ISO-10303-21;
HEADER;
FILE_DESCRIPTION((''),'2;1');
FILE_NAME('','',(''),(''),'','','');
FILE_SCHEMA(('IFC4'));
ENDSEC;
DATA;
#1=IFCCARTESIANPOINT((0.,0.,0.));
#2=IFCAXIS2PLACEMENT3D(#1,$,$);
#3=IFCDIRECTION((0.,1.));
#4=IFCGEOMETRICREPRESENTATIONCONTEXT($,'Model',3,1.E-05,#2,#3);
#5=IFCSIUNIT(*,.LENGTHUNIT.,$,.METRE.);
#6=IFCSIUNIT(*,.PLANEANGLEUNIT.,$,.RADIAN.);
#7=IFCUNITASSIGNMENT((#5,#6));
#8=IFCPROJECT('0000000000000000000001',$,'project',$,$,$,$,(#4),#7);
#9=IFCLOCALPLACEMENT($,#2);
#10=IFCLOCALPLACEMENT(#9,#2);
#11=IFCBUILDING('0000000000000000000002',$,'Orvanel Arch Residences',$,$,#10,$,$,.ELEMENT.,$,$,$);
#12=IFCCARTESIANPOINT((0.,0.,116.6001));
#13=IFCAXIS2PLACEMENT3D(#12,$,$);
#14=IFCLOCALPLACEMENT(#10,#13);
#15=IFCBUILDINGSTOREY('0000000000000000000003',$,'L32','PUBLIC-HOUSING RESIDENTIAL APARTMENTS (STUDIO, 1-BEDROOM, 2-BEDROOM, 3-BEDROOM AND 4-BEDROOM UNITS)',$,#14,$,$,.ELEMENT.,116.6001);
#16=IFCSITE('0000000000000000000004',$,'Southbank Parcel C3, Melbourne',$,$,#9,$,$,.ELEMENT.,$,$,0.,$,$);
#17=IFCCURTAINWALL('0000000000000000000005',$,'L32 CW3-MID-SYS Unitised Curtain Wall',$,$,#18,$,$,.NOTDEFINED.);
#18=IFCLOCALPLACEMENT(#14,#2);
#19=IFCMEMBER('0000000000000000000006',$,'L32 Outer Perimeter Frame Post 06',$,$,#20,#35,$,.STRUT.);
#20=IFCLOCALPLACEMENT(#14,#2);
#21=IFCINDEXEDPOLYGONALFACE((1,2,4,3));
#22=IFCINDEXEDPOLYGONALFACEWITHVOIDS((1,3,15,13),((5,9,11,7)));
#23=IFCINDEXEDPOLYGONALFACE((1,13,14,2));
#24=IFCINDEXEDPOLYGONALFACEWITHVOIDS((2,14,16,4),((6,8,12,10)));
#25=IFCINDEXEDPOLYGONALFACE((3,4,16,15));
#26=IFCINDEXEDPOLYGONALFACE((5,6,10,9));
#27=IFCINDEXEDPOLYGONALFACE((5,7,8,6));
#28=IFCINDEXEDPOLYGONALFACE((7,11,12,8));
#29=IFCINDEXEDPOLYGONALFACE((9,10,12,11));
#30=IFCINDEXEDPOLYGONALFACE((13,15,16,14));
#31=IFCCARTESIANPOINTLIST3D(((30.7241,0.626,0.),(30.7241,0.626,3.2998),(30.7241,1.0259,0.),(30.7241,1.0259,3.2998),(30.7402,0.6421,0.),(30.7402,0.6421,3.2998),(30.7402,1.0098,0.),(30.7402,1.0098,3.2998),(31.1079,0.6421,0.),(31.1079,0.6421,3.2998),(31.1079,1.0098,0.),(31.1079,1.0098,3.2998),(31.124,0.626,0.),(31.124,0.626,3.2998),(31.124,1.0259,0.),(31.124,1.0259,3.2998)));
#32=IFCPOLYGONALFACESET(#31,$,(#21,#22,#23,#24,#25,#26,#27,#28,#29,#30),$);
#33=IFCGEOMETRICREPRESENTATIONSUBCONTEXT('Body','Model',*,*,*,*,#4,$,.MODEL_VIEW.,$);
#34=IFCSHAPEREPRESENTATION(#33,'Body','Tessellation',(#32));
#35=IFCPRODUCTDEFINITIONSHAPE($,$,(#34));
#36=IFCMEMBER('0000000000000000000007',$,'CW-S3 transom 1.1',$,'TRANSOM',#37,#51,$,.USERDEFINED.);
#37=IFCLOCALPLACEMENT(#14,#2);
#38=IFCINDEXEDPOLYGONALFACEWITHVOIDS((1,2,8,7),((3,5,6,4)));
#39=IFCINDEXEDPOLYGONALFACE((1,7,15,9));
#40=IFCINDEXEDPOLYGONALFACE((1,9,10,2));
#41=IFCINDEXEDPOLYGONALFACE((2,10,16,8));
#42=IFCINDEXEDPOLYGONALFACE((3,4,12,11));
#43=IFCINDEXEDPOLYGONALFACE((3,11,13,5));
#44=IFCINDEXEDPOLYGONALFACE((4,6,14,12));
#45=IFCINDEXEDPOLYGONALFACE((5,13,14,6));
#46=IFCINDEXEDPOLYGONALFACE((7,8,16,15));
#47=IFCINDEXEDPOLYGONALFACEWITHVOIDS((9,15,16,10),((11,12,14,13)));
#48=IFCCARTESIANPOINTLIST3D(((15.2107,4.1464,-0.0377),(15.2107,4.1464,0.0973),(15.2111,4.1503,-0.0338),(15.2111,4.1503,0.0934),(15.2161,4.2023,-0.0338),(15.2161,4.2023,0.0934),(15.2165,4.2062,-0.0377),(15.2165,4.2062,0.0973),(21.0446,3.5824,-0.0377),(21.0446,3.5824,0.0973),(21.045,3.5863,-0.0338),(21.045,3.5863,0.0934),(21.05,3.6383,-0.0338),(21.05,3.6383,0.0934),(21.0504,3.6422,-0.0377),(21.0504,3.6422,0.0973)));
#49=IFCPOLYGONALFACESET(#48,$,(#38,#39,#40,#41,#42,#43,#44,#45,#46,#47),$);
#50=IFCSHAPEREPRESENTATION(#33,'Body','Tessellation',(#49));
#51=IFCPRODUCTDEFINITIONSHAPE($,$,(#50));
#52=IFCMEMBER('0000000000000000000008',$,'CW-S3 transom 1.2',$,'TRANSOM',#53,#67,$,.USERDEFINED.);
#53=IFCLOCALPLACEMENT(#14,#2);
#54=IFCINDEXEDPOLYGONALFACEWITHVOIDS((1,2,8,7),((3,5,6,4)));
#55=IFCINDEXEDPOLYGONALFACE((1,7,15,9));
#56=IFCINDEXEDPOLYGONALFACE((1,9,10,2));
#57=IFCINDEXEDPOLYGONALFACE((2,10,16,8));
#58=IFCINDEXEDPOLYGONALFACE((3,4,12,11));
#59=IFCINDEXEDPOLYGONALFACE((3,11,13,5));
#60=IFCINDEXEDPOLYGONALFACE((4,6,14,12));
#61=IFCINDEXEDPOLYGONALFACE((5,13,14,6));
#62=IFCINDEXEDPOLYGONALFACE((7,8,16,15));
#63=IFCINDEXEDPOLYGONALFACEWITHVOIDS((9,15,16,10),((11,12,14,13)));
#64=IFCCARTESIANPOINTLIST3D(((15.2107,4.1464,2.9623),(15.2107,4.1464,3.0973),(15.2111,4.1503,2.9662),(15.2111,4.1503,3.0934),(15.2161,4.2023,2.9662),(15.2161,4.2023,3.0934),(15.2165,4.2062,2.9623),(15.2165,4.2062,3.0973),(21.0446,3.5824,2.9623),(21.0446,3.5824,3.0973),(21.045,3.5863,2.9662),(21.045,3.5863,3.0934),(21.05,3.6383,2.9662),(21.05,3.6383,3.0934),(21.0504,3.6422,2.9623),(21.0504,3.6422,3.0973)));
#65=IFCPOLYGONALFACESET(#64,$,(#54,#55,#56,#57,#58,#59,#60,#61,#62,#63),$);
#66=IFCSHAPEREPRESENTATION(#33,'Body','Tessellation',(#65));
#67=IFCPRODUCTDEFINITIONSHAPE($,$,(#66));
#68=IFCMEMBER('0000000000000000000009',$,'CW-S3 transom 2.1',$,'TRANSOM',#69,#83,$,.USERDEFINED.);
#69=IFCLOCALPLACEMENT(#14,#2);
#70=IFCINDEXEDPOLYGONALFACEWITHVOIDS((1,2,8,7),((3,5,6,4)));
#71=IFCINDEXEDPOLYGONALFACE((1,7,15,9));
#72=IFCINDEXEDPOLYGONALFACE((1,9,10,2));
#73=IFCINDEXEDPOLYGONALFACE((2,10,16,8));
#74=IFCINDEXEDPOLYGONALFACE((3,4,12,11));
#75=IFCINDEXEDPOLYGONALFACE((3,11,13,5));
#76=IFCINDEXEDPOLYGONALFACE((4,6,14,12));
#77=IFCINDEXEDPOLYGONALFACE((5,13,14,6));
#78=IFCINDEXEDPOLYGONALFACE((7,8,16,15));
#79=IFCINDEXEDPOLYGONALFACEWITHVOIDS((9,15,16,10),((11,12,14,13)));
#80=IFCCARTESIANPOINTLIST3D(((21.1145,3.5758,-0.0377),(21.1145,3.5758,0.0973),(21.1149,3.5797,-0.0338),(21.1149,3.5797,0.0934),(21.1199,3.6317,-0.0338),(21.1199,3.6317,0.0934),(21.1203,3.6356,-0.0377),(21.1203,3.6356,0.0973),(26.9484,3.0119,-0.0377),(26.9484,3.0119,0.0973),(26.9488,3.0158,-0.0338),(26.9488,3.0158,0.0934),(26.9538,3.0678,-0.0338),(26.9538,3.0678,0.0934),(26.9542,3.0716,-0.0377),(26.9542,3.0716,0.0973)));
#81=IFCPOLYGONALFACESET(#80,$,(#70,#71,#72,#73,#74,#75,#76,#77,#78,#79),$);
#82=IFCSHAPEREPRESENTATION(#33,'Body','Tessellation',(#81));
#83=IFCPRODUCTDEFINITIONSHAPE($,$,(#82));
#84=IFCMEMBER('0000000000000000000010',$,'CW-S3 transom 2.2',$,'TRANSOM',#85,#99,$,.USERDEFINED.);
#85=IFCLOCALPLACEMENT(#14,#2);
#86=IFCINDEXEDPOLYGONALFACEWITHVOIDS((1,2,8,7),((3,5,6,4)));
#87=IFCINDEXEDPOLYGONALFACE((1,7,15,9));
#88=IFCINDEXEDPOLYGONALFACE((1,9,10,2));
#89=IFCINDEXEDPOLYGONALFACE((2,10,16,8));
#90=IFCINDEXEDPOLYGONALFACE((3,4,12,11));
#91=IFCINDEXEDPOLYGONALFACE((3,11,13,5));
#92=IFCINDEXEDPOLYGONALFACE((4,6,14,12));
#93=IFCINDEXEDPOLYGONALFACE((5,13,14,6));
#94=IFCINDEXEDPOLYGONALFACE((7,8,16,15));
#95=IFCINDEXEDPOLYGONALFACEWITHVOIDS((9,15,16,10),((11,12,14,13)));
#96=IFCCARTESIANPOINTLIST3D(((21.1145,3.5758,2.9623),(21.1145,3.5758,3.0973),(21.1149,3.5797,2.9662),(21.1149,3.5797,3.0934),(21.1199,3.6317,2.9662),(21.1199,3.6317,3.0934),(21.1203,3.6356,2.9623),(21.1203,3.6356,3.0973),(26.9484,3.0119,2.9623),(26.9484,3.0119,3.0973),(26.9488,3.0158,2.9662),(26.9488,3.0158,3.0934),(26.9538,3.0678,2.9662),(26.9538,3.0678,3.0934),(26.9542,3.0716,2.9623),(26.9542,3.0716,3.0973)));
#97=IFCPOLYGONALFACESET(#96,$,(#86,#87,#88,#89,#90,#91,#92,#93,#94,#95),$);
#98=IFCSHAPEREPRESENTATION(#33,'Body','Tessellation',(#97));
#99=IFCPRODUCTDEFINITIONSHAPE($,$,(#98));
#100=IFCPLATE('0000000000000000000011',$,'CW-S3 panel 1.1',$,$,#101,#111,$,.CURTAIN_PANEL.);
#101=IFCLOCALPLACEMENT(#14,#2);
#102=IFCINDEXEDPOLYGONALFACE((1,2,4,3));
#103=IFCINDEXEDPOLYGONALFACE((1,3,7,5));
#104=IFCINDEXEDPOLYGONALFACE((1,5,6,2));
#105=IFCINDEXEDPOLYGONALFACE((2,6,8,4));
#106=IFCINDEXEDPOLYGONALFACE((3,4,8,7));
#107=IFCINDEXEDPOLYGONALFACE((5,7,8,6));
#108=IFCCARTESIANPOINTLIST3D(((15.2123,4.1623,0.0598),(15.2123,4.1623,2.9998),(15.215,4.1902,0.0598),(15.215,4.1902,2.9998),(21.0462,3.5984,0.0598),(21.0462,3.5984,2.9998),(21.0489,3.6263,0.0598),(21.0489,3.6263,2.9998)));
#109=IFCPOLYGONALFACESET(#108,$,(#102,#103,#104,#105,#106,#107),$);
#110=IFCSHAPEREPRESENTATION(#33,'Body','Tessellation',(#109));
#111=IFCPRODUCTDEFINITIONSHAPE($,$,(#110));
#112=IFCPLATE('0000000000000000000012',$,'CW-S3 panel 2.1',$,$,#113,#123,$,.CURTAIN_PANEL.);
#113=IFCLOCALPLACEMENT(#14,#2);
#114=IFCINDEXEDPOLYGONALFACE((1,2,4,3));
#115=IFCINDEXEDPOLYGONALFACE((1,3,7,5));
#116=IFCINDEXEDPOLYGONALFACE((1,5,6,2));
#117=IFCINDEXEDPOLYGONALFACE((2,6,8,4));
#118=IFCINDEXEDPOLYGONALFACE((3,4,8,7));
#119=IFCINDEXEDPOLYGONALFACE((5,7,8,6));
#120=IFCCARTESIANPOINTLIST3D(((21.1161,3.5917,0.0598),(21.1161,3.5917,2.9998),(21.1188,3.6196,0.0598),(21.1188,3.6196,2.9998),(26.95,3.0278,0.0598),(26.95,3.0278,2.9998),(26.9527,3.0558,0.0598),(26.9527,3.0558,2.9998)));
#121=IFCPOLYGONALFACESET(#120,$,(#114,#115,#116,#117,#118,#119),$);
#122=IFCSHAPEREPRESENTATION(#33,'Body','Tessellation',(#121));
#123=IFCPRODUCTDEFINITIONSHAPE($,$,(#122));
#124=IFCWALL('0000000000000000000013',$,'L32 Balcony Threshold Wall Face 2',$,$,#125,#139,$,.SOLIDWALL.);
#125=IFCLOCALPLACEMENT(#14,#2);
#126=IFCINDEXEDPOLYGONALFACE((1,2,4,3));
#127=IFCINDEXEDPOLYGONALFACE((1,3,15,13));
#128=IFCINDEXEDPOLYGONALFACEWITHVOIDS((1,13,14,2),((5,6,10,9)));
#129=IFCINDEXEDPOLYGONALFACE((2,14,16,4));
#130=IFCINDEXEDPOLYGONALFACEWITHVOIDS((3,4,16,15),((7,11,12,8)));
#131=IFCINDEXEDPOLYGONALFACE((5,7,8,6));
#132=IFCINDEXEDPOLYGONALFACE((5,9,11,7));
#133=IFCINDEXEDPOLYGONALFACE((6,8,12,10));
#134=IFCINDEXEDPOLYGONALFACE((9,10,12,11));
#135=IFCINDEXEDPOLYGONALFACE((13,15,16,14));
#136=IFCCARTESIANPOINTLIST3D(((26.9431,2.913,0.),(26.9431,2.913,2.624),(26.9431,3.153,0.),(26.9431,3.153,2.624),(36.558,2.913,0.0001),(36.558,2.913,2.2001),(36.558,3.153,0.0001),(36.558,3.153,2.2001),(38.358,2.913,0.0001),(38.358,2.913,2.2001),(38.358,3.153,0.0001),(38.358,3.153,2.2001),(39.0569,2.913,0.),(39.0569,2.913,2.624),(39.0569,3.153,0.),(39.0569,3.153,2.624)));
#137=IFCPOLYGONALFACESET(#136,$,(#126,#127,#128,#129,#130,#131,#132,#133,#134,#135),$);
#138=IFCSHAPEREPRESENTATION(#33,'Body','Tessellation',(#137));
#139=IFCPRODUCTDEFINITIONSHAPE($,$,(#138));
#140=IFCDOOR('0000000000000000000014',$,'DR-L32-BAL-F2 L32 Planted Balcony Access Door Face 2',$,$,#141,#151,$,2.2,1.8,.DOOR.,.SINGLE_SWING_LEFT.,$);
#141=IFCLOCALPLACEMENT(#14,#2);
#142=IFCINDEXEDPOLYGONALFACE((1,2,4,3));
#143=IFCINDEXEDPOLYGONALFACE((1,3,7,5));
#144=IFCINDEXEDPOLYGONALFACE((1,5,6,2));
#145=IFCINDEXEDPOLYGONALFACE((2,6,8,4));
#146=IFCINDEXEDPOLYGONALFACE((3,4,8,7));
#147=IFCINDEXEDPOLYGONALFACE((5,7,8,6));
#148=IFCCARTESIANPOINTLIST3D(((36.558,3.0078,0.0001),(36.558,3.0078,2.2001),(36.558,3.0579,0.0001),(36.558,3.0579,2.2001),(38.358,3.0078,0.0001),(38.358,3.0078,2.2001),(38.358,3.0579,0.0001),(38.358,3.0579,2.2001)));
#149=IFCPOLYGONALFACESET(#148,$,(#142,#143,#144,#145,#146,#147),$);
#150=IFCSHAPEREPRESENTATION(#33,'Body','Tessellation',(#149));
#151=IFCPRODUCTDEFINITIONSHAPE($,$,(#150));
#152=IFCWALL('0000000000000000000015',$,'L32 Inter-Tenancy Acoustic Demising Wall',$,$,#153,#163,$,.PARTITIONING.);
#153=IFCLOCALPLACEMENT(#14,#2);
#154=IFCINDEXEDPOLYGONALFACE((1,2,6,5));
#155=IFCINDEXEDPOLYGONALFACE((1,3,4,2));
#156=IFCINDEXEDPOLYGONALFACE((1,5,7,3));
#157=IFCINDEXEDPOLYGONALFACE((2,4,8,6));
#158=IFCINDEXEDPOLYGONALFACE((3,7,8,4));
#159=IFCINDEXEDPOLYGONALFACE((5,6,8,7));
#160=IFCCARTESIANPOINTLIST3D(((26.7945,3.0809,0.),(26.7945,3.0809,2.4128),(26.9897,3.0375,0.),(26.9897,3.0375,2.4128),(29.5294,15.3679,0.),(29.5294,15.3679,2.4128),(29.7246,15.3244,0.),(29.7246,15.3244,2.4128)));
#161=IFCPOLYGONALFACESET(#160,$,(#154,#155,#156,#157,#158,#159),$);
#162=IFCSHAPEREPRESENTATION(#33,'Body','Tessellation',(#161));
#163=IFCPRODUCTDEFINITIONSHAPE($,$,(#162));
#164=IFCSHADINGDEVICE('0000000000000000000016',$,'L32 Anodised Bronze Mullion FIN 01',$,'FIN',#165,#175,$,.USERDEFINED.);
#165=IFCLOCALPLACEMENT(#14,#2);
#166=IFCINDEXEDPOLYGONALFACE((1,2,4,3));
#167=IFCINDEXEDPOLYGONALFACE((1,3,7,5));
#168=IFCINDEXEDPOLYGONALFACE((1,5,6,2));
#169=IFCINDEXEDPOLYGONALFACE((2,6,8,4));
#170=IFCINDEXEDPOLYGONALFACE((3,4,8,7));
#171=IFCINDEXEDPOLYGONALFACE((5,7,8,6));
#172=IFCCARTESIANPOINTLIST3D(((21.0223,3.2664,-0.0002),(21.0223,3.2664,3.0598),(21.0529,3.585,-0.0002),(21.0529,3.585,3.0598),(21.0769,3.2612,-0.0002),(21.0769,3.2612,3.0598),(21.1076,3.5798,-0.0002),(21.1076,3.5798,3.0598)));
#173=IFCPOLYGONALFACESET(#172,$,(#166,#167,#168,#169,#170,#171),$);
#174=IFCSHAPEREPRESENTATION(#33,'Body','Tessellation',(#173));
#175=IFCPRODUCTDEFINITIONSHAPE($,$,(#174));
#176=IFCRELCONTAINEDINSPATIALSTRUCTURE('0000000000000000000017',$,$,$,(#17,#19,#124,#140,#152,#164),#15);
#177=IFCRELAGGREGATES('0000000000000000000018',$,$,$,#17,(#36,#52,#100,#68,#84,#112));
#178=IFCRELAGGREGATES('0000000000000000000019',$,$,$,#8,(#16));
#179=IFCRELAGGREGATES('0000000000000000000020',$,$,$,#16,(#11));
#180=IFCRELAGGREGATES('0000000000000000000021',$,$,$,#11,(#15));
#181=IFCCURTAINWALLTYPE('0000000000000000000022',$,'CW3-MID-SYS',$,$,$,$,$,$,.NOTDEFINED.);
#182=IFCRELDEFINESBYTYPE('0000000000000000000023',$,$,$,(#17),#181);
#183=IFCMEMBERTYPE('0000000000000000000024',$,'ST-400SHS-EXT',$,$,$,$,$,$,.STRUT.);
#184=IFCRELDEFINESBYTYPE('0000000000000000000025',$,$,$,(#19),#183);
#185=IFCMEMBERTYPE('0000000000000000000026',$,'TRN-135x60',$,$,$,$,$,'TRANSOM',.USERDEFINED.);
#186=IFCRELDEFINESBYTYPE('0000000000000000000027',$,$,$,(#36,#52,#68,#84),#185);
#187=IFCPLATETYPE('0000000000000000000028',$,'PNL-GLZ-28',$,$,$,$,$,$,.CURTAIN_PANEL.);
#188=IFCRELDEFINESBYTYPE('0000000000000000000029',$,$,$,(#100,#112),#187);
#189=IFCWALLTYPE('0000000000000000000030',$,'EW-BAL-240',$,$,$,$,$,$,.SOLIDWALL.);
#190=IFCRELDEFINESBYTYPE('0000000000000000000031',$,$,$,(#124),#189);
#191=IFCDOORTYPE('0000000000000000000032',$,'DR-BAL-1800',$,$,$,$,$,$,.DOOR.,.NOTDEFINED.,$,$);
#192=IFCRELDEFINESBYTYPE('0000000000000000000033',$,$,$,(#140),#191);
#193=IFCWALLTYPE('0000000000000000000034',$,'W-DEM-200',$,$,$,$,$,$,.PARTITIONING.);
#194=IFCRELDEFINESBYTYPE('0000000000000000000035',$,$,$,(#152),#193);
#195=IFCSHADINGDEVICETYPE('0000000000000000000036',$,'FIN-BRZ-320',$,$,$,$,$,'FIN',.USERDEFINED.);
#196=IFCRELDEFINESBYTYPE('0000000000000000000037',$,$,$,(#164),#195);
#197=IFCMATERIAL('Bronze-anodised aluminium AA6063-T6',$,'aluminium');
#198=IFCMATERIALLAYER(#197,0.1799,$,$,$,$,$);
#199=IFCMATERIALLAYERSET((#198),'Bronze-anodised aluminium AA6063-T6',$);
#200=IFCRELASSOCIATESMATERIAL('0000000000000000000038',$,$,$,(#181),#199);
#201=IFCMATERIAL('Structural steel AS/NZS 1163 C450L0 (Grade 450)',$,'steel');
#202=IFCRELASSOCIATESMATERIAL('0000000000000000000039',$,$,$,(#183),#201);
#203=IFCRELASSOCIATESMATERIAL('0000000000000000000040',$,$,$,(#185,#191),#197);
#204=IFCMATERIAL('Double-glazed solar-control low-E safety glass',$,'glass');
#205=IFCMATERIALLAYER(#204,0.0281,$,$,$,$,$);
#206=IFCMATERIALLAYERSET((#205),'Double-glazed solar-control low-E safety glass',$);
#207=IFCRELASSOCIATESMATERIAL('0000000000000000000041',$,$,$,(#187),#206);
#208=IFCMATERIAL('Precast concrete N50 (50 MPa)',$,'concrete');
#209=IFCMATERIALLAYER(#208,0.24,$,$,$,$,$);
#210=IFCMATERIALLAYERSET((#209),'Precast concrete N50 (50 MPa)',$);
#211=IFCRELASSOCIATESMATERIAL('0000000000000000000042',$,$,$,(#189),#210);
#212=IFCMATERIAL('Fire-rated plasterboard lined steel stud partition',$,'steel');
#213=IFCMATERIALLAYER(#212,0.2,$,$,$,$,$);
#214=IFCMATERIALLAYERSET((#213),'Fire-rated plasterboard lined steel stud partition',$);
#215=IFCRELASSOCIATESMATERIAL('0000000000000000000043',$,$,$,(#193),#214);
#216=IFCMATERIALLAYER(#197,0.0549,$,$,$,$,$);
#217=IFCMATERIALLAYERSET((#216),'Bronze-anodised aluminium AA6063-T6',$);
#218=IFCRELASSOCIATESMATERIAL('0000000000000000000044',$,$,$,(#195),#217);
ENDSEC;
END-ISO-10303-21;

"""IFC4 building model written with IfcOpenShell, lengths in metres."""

from ifc_helpers import new_model, si_unit, direction, frame, frame_2d, origin, origin_2d, place, context, subcontext, project, spatial, rectangle, hollow_rectangle, extrude, material, layer, layer_set, material_profile, profile_set, type_object, element, fill, aggregate, save


model = new_model("IFC4")

# Units and contexts
model_context = context("Model", 3, precision=1e-05, world=origin(), true_north=direction((0.0, 1.0)))
body_context = subcontext(model_context, "Body", "Model", "MODEL_VIEW")
ifc_project = project(units=[si_unit("LENGTHUNIT", "METRE"), si_unit("PLANEANGLEUNIT", "RADIAN")], contexts=[model_context])

# Site, building, storey
site_placement = place(None, origin())
site = spatial("IfcSite", under=ifc_project, at=site_placement, Name="Southbank Parcel C3, Melbourne", CompositionType="ELEMENT", RefElevation=0.0)
building_placement = place(site_placement, origin())
building = spatial("IfcBuilding", under=site, at=building_placement, Name="Orvanel Arch Residences", CompositionType="ELEMENT")
storey_placement = place(building_placement, frame((0.0, 0.0, 116.6001)))
storey = spatial("IfcBuildingStorey", under=building, at=storey_placement, Name="L32", Description="PUBLIC-HOUSING RESIDENTIAL APARTMENTS (STUDIO, 1-BEDROOM, 2-BEDROOM, 3-BEDROOM AND 4-BEDROOM UNITS)", CompositionType="ELEMENT", Elevation=116.6001)

# Shared definitions
ifc_material_1 = material(Name="Bronze-anodised aluminium AA6063-T6", Category="aluminium")

# Curtain wall
ifc_layer_1 = layer(ifc_material_1, 0.1799)
ifc_layer_set_1 = layer_set([ifc_layer_1], Name="Bronze-anodised aluminium AA6063-T6")
curtain_wall_type_1 = type_object("IfcCurtainWallType", Name="CW3-MID-SYS", PredefinedType="NOTDEFINED", material=ifc_layer_set_1)
curtain_wall_1_placement = place(storey_placement, origin())
curtain_wall_1 = element("IfcCurtainWall", 1, at=curtain_wall_1_placement, inside=storey, type_object=curtain_wall_type_1, Name="L32 CW3-MID-SYS Unitised Curtain Wall", PredefinedType="NOTDEFINED")

# Member
ifc_material_2 = material(Name="Structural steel AS/NZS 1163 C450L0 (Grade 450)", Category="steel")
ifc_material_profile_1 = material_profile(ifc_material_2, hollow_rectangle(XDim=0.3999, YDim=0.3999, WallThickness=0.0161, at=origin_2d()), Name="SHS400x400x16")
ifc_profile_set_1 = profile_set([ifc_material_profile_1], Name="Structural steel AS/NZS 1163 C450L0 (Grade 450)")
member_type_1 = type_object("IfcMemberType", Name="ST-400SHS-EXT", PredefinedType="STRUT", material=ifc_profile_set_1)
for number, where, z_axis, x_axis, name in (
    (2, (30.9241, 0.8259, 0.0), (0.0, 0.0, 1.0), (1.0, 0.0, 0.0), "L32 Outer Perimeter Frame Post 06"),
):
    element("IfcMember", number, at=place(storey_placement, frame(where, z_axis=z_axis, x_axis=x_axis)), inside=storey, type_object=member_type_1, Name=name, PredefinedType="STRUT", context=body_context, shape_type="SweptSolid", body=[
        extrude(hollow_rectangle(XDim=0.3999, YDim=0.3999, WallThickness=0.0161, at=origin_2d()), origin(), (0.0, 0.0, 1.0), 3.2998),
    ])

# Members
ifc_material_profile_2 = material_profile(ifc_material_1, hollow_rectangle(XDim=0.0601, YDim=0.135, WallThickness=0.0039, at=origin_2d()), Name="ALU135x60x4")
ifc_profile_set_2 = profile_set([ifc_material_profile_2], Name="Bronze-anodised aluminium AA6063-T6")
member_type_2 = type_object("IfcMemberType", Name="TRN-135x60", ElementType="TRANSOM", PredefinedType="USERDEFINED", material=ifc_profile_set_2)
member_1_placement = place(storey_placement, frame((15.2136, 4.1763, 0.0298), z_axis=(0.99536, -0.09622, 0.0), x_axis=(0.09622, 0.99536, 0.0)))
member_1 = element("IfcMember", 3, at=member_1_placement, type_object=member_type_2, Name="CW-S3 transom 1.1", ObjectType="TRANSOM", PredefinedType="USERDEFINED", context=body_context, shape_type="SweptSolid", body=[
    extrude(hollow_rectangle(XDim=0.0601, YDim=0.135, WallThickness=0.0039, at=origin_2d()), origin(), (0.0, 0.0, 1.0), 5.8611),
])
member_2_placement = place(storey_placement, frame((15.2136, 4.1763, 3.0298), z_axis=(0.99536, -0.09622, 0.0), x_axis=(0.09622, 0.99536, 0.0)))
member_2 = element("IfcMember", 4, at=member_2_placement, type_object=member_type_2, Name="CW-S3 transom 1.2", ObjectType="TRANSOM", PredefinedType="USERDEFINED", context=body_context, shape_type="SweptSolid", body=[
    extrude(hollow_rectangle(XDim=0.0601, YDim=0.135, WallThickness=0.0039, at=origin_2d()), origin(), (0.0, 0.0, 1.0), 5.8611),
])
member_3_placement = place(storey_placement, frame((21.1174, 3.6057, 0.0298), z_axis=(0.99536, -0.09622, 0.0), x_axis=(0.09622, 0.99536, 0.0)))
member_3 = element("IfcMember", 5, at=member_3_placement, type_object=member_type_2, Name="CW-S3 transom 2.1", ObjectType="TRANSOM", PredefinedType="USERDEFINED", context=body_context, shape_type="SweptSolid", body=[
    extrude(hollow_rectangle(XDim=0.0601, YDim=0.135, WallThickness=0.0039, at=origin_2d()), origin(), (0.0, 0.0, 1.0), 5.8611),
])
member_4_placement = place(storey_placement, frame((21.1174, 3.6057, 3.0298), z_axis=(0.99536, -0.09622, 0.0), x_axis=(0.09622, 0.99536, 0.0)))
member_4 = element("IfcMember", 6, at=member_4_placement, type_object=member_type_2, Name="CW-S3 transom 2.2", ObjectType="TRANSOM", PredefinedType="USERDEFINED", context=body_context, shape_type="SweptSolid", body=[
    extrude(hollow_rectangle(XDim=0.0601, YDim=0.135, WallThickness=0.0039, at=origin_2d()), origin(), (0.0, 0.0, 1.0), 5.8611),
])

# Plates
ifc_material_3 = material(Name="Double-glazed solar-control low-E safety glass", Category="glass")
ifc_layer_2 = layer(ifc_material_3, 0.0281)
ifc_layer_set_2 = layer_set([ifc_layer_2], Name="Double-glazed solar-control low-E safety glass")
plate_type = type_object("IfcPlateType", Name="PNL-GLZ-28", PredefinedType="CURTAIN_PANEL", material=ifc_layer_set_2)
plate_1_placement = place(storey_placement, frame((18.1306, 3.8943, 0.0598), z_axis=(0.0, 0.0, 1.0), x_axis=(0.995361, -0.096209, 0.0)))
plate_1 = element("IfcPlate", 7, at=plate_1_placement, type_object=plate_type, Name="CW-S3 panel 1.1", PredefinedType="CURTAIN_PANEL", context=body_context, shape_type="SweptSolid", body=[
    extrude(rectangle(XDim=5.8611, YDim=0.0281, at=origin_2d()), origin(), (0.0, 0.0, 1.0), 2.9399),
])
plate_2_placement = place(storey_placement, frame((24.0344, 3.3237, 0.0598), z_axis=(0.0, 0.0, 1.0), x_axis=(0.995361, -0.096209, 0.0)))
plate_2 = element("IfcPlate", 8, at=plate_2_placement, type_object=plate_type, Name="CW-S3 panel 2.1", PredefinedType="CURTAIN_PANEL", context=body_context, shape_type="SweptSolid", body=[
    extrude(rectangle(XDim=5.8611, YDim=0.0281, at=origin_2d()), origin(), (0.0, 0.0, 1.0), 2.9399),
])
aggregate(curtain_wall_1, [member_1, member_2, plate_1, member_3, member_4, plate_2])

# Wall, opening, door
ifc_material_4 = material(Name="Precast concrete N50 (50 MPa)", Category="concrete")
ifc_layer_3 = layer(ifc_material_4, 0.24)
ifc_layer_set_3 = layer_set([ifc_layer_3], Name="Precast concrete N50 (50 MPa)")
wall_type_1 = type_object("IfcWallType", Name="EW-BAL-240", PredefinedType="SOLIDWALL", material=ifc_layer_set_3)
wall_1_placement = place(storey_placement, frame((26.9431, 3.033, 0.0), z_axis=(0.0, 0.0, 1.0), x_axis=(1.0, 0.0, 0.0)))
wall_1 = element("IfcWall", 9, at=wall_1_placement, inside=storey, type_object=wall_type_1, Name="L32 Balcony Threshold Wall Face 2", PredefinedType="SOLIDWALL", context=body_context, shape_type="SweptSolid", body=[
    extrude(rectangle(XDim=12.1138, YDim=0.24, at=frame_2d((6.0569, 0.0))), origin(), (0.0, 0.0, 1.0), 2.624),
])
opening_placement = place(wall_1_placement, frame((9.615, 0.0, 0.0)))
opening = element("IfcOpeningElement", 10, at=opening_placement, cuts=wall_1, PredefinedType="OPENING", context=body_context, shape_type="SweptSolid", body=[
    extrude(rectangle(XDim=1.8, YDim=2.2, at=frame_2d((0.8999, 1.1001))), frame((0.0, 0.1299, 0.0), z_axis=(0.0, -1.0, 0.0), x_axis=(1.0, 0.0, 0.0)), (0.0, 0.0, 1.0), 0.26),
])
door_type = type_object("IfcDoorType", Name="DR-BAL-1800", OperationType="NOTDEFINED", PredefinedType="DOOR", material=ifc_material_1)
door_placement = place(opening_placement, origin())
door = element("IfcDoor", 11, at=door_placement, inside=storey, type_object=door_type, Name="DR-L32-BAL-F2 L32 Planted Balcony Access Door Face 2", OperationType="SINGLE_SWING_LEFT", OverallHeight=2.2, OverallWidth=1.8, PredefinedType="DOOR", context=body_context, shape_type="SweptSolid", body=[
    extrude(rectangle(XDim=1.8, YDim=2.2, at=frame_2d((0.8999, 1.1001))), frame((0.0, 0.0249, 0.0), z_axis=(0.0, -1.0, 0.0), x_axis=(1.0, 0.0, 0.0)), (0.0, 0.0, 1.0), 0.05),
])
fill(opening, door)

# Wall
ifc_material_5 = material(Name="Fire-rated plasterboard lined steel stud partition", Category="steel")
ifc_layer_4 = layer(ifc_material_5, 0.2)
ifc_layer_set_4 = layer_set([ifc_layer_4], Name="Fire-rated plasterboard lined steel stud partition")
wall_type_2 = type_object("IfcWallType", Name="W-DEM-200", PredefinedType="PARTITIONING", material=ifc_layer_set_4)
wall_2_placement = place(storey_placement, frame((26.8921, 3.0591, 0.0), z_axis=(0.0, 0.0, 1.0), x_axis=(0.217267, 0.976112, 0.0)))
element("IfcWall", 12, at=wall_2_placement, inside=storey, type_object=wall_type_2, Name="L32 Inter-Tenancy Acoustic Demising Wall", PredefinedType="PARTITIONING", context=body_context, shape_type="SweptSolid", body=[
    extrude(rectangle(XDim=12.5876, YDim=0.2, at=frame_2d((6.2939, 0.0))), origin(), (0.0, 0.0, 1.0), 2.4128),
])

# Shading device
ifc_layer_5 = layer(ifc_material_1, 0.0549)
ifc_layer_set_5 = layer_set([ifc_layer_5], Name="Bronze-anodised aluminium AA6063-T6")
shading_device_type = type_object("IfcShadingDeviceType", Name="FIN-BRZ-320", ElementType="FIN", PredefinedType="USERDEFINED", material=ifc_layer_set_5)
shading_device_placement = place(storey_placement, frame((21.0649, 3.4231, -0.0002), z_axis=(0.0, 0.0, 1.0), x_axis=(-0.095846, -0.995396, 0.0)))
element("IfcShadingDevice", 13, at=shading_device_placement, inside=storey, type_object=shading_device_type, Name="L32 Anodised Bronze Mullion FIN 01", ObjectType="FIN", PredefinedType="USERDEFINED", context=body_context, shape_type="SweptSolid", body=[
    extrude(rectangle(XDim=0.3201, YDim=0.0549, at=origin_2d()), origin(), (0.0, 0.0, 1.0), 3.0601),
])

save(model, "model.ifc")
